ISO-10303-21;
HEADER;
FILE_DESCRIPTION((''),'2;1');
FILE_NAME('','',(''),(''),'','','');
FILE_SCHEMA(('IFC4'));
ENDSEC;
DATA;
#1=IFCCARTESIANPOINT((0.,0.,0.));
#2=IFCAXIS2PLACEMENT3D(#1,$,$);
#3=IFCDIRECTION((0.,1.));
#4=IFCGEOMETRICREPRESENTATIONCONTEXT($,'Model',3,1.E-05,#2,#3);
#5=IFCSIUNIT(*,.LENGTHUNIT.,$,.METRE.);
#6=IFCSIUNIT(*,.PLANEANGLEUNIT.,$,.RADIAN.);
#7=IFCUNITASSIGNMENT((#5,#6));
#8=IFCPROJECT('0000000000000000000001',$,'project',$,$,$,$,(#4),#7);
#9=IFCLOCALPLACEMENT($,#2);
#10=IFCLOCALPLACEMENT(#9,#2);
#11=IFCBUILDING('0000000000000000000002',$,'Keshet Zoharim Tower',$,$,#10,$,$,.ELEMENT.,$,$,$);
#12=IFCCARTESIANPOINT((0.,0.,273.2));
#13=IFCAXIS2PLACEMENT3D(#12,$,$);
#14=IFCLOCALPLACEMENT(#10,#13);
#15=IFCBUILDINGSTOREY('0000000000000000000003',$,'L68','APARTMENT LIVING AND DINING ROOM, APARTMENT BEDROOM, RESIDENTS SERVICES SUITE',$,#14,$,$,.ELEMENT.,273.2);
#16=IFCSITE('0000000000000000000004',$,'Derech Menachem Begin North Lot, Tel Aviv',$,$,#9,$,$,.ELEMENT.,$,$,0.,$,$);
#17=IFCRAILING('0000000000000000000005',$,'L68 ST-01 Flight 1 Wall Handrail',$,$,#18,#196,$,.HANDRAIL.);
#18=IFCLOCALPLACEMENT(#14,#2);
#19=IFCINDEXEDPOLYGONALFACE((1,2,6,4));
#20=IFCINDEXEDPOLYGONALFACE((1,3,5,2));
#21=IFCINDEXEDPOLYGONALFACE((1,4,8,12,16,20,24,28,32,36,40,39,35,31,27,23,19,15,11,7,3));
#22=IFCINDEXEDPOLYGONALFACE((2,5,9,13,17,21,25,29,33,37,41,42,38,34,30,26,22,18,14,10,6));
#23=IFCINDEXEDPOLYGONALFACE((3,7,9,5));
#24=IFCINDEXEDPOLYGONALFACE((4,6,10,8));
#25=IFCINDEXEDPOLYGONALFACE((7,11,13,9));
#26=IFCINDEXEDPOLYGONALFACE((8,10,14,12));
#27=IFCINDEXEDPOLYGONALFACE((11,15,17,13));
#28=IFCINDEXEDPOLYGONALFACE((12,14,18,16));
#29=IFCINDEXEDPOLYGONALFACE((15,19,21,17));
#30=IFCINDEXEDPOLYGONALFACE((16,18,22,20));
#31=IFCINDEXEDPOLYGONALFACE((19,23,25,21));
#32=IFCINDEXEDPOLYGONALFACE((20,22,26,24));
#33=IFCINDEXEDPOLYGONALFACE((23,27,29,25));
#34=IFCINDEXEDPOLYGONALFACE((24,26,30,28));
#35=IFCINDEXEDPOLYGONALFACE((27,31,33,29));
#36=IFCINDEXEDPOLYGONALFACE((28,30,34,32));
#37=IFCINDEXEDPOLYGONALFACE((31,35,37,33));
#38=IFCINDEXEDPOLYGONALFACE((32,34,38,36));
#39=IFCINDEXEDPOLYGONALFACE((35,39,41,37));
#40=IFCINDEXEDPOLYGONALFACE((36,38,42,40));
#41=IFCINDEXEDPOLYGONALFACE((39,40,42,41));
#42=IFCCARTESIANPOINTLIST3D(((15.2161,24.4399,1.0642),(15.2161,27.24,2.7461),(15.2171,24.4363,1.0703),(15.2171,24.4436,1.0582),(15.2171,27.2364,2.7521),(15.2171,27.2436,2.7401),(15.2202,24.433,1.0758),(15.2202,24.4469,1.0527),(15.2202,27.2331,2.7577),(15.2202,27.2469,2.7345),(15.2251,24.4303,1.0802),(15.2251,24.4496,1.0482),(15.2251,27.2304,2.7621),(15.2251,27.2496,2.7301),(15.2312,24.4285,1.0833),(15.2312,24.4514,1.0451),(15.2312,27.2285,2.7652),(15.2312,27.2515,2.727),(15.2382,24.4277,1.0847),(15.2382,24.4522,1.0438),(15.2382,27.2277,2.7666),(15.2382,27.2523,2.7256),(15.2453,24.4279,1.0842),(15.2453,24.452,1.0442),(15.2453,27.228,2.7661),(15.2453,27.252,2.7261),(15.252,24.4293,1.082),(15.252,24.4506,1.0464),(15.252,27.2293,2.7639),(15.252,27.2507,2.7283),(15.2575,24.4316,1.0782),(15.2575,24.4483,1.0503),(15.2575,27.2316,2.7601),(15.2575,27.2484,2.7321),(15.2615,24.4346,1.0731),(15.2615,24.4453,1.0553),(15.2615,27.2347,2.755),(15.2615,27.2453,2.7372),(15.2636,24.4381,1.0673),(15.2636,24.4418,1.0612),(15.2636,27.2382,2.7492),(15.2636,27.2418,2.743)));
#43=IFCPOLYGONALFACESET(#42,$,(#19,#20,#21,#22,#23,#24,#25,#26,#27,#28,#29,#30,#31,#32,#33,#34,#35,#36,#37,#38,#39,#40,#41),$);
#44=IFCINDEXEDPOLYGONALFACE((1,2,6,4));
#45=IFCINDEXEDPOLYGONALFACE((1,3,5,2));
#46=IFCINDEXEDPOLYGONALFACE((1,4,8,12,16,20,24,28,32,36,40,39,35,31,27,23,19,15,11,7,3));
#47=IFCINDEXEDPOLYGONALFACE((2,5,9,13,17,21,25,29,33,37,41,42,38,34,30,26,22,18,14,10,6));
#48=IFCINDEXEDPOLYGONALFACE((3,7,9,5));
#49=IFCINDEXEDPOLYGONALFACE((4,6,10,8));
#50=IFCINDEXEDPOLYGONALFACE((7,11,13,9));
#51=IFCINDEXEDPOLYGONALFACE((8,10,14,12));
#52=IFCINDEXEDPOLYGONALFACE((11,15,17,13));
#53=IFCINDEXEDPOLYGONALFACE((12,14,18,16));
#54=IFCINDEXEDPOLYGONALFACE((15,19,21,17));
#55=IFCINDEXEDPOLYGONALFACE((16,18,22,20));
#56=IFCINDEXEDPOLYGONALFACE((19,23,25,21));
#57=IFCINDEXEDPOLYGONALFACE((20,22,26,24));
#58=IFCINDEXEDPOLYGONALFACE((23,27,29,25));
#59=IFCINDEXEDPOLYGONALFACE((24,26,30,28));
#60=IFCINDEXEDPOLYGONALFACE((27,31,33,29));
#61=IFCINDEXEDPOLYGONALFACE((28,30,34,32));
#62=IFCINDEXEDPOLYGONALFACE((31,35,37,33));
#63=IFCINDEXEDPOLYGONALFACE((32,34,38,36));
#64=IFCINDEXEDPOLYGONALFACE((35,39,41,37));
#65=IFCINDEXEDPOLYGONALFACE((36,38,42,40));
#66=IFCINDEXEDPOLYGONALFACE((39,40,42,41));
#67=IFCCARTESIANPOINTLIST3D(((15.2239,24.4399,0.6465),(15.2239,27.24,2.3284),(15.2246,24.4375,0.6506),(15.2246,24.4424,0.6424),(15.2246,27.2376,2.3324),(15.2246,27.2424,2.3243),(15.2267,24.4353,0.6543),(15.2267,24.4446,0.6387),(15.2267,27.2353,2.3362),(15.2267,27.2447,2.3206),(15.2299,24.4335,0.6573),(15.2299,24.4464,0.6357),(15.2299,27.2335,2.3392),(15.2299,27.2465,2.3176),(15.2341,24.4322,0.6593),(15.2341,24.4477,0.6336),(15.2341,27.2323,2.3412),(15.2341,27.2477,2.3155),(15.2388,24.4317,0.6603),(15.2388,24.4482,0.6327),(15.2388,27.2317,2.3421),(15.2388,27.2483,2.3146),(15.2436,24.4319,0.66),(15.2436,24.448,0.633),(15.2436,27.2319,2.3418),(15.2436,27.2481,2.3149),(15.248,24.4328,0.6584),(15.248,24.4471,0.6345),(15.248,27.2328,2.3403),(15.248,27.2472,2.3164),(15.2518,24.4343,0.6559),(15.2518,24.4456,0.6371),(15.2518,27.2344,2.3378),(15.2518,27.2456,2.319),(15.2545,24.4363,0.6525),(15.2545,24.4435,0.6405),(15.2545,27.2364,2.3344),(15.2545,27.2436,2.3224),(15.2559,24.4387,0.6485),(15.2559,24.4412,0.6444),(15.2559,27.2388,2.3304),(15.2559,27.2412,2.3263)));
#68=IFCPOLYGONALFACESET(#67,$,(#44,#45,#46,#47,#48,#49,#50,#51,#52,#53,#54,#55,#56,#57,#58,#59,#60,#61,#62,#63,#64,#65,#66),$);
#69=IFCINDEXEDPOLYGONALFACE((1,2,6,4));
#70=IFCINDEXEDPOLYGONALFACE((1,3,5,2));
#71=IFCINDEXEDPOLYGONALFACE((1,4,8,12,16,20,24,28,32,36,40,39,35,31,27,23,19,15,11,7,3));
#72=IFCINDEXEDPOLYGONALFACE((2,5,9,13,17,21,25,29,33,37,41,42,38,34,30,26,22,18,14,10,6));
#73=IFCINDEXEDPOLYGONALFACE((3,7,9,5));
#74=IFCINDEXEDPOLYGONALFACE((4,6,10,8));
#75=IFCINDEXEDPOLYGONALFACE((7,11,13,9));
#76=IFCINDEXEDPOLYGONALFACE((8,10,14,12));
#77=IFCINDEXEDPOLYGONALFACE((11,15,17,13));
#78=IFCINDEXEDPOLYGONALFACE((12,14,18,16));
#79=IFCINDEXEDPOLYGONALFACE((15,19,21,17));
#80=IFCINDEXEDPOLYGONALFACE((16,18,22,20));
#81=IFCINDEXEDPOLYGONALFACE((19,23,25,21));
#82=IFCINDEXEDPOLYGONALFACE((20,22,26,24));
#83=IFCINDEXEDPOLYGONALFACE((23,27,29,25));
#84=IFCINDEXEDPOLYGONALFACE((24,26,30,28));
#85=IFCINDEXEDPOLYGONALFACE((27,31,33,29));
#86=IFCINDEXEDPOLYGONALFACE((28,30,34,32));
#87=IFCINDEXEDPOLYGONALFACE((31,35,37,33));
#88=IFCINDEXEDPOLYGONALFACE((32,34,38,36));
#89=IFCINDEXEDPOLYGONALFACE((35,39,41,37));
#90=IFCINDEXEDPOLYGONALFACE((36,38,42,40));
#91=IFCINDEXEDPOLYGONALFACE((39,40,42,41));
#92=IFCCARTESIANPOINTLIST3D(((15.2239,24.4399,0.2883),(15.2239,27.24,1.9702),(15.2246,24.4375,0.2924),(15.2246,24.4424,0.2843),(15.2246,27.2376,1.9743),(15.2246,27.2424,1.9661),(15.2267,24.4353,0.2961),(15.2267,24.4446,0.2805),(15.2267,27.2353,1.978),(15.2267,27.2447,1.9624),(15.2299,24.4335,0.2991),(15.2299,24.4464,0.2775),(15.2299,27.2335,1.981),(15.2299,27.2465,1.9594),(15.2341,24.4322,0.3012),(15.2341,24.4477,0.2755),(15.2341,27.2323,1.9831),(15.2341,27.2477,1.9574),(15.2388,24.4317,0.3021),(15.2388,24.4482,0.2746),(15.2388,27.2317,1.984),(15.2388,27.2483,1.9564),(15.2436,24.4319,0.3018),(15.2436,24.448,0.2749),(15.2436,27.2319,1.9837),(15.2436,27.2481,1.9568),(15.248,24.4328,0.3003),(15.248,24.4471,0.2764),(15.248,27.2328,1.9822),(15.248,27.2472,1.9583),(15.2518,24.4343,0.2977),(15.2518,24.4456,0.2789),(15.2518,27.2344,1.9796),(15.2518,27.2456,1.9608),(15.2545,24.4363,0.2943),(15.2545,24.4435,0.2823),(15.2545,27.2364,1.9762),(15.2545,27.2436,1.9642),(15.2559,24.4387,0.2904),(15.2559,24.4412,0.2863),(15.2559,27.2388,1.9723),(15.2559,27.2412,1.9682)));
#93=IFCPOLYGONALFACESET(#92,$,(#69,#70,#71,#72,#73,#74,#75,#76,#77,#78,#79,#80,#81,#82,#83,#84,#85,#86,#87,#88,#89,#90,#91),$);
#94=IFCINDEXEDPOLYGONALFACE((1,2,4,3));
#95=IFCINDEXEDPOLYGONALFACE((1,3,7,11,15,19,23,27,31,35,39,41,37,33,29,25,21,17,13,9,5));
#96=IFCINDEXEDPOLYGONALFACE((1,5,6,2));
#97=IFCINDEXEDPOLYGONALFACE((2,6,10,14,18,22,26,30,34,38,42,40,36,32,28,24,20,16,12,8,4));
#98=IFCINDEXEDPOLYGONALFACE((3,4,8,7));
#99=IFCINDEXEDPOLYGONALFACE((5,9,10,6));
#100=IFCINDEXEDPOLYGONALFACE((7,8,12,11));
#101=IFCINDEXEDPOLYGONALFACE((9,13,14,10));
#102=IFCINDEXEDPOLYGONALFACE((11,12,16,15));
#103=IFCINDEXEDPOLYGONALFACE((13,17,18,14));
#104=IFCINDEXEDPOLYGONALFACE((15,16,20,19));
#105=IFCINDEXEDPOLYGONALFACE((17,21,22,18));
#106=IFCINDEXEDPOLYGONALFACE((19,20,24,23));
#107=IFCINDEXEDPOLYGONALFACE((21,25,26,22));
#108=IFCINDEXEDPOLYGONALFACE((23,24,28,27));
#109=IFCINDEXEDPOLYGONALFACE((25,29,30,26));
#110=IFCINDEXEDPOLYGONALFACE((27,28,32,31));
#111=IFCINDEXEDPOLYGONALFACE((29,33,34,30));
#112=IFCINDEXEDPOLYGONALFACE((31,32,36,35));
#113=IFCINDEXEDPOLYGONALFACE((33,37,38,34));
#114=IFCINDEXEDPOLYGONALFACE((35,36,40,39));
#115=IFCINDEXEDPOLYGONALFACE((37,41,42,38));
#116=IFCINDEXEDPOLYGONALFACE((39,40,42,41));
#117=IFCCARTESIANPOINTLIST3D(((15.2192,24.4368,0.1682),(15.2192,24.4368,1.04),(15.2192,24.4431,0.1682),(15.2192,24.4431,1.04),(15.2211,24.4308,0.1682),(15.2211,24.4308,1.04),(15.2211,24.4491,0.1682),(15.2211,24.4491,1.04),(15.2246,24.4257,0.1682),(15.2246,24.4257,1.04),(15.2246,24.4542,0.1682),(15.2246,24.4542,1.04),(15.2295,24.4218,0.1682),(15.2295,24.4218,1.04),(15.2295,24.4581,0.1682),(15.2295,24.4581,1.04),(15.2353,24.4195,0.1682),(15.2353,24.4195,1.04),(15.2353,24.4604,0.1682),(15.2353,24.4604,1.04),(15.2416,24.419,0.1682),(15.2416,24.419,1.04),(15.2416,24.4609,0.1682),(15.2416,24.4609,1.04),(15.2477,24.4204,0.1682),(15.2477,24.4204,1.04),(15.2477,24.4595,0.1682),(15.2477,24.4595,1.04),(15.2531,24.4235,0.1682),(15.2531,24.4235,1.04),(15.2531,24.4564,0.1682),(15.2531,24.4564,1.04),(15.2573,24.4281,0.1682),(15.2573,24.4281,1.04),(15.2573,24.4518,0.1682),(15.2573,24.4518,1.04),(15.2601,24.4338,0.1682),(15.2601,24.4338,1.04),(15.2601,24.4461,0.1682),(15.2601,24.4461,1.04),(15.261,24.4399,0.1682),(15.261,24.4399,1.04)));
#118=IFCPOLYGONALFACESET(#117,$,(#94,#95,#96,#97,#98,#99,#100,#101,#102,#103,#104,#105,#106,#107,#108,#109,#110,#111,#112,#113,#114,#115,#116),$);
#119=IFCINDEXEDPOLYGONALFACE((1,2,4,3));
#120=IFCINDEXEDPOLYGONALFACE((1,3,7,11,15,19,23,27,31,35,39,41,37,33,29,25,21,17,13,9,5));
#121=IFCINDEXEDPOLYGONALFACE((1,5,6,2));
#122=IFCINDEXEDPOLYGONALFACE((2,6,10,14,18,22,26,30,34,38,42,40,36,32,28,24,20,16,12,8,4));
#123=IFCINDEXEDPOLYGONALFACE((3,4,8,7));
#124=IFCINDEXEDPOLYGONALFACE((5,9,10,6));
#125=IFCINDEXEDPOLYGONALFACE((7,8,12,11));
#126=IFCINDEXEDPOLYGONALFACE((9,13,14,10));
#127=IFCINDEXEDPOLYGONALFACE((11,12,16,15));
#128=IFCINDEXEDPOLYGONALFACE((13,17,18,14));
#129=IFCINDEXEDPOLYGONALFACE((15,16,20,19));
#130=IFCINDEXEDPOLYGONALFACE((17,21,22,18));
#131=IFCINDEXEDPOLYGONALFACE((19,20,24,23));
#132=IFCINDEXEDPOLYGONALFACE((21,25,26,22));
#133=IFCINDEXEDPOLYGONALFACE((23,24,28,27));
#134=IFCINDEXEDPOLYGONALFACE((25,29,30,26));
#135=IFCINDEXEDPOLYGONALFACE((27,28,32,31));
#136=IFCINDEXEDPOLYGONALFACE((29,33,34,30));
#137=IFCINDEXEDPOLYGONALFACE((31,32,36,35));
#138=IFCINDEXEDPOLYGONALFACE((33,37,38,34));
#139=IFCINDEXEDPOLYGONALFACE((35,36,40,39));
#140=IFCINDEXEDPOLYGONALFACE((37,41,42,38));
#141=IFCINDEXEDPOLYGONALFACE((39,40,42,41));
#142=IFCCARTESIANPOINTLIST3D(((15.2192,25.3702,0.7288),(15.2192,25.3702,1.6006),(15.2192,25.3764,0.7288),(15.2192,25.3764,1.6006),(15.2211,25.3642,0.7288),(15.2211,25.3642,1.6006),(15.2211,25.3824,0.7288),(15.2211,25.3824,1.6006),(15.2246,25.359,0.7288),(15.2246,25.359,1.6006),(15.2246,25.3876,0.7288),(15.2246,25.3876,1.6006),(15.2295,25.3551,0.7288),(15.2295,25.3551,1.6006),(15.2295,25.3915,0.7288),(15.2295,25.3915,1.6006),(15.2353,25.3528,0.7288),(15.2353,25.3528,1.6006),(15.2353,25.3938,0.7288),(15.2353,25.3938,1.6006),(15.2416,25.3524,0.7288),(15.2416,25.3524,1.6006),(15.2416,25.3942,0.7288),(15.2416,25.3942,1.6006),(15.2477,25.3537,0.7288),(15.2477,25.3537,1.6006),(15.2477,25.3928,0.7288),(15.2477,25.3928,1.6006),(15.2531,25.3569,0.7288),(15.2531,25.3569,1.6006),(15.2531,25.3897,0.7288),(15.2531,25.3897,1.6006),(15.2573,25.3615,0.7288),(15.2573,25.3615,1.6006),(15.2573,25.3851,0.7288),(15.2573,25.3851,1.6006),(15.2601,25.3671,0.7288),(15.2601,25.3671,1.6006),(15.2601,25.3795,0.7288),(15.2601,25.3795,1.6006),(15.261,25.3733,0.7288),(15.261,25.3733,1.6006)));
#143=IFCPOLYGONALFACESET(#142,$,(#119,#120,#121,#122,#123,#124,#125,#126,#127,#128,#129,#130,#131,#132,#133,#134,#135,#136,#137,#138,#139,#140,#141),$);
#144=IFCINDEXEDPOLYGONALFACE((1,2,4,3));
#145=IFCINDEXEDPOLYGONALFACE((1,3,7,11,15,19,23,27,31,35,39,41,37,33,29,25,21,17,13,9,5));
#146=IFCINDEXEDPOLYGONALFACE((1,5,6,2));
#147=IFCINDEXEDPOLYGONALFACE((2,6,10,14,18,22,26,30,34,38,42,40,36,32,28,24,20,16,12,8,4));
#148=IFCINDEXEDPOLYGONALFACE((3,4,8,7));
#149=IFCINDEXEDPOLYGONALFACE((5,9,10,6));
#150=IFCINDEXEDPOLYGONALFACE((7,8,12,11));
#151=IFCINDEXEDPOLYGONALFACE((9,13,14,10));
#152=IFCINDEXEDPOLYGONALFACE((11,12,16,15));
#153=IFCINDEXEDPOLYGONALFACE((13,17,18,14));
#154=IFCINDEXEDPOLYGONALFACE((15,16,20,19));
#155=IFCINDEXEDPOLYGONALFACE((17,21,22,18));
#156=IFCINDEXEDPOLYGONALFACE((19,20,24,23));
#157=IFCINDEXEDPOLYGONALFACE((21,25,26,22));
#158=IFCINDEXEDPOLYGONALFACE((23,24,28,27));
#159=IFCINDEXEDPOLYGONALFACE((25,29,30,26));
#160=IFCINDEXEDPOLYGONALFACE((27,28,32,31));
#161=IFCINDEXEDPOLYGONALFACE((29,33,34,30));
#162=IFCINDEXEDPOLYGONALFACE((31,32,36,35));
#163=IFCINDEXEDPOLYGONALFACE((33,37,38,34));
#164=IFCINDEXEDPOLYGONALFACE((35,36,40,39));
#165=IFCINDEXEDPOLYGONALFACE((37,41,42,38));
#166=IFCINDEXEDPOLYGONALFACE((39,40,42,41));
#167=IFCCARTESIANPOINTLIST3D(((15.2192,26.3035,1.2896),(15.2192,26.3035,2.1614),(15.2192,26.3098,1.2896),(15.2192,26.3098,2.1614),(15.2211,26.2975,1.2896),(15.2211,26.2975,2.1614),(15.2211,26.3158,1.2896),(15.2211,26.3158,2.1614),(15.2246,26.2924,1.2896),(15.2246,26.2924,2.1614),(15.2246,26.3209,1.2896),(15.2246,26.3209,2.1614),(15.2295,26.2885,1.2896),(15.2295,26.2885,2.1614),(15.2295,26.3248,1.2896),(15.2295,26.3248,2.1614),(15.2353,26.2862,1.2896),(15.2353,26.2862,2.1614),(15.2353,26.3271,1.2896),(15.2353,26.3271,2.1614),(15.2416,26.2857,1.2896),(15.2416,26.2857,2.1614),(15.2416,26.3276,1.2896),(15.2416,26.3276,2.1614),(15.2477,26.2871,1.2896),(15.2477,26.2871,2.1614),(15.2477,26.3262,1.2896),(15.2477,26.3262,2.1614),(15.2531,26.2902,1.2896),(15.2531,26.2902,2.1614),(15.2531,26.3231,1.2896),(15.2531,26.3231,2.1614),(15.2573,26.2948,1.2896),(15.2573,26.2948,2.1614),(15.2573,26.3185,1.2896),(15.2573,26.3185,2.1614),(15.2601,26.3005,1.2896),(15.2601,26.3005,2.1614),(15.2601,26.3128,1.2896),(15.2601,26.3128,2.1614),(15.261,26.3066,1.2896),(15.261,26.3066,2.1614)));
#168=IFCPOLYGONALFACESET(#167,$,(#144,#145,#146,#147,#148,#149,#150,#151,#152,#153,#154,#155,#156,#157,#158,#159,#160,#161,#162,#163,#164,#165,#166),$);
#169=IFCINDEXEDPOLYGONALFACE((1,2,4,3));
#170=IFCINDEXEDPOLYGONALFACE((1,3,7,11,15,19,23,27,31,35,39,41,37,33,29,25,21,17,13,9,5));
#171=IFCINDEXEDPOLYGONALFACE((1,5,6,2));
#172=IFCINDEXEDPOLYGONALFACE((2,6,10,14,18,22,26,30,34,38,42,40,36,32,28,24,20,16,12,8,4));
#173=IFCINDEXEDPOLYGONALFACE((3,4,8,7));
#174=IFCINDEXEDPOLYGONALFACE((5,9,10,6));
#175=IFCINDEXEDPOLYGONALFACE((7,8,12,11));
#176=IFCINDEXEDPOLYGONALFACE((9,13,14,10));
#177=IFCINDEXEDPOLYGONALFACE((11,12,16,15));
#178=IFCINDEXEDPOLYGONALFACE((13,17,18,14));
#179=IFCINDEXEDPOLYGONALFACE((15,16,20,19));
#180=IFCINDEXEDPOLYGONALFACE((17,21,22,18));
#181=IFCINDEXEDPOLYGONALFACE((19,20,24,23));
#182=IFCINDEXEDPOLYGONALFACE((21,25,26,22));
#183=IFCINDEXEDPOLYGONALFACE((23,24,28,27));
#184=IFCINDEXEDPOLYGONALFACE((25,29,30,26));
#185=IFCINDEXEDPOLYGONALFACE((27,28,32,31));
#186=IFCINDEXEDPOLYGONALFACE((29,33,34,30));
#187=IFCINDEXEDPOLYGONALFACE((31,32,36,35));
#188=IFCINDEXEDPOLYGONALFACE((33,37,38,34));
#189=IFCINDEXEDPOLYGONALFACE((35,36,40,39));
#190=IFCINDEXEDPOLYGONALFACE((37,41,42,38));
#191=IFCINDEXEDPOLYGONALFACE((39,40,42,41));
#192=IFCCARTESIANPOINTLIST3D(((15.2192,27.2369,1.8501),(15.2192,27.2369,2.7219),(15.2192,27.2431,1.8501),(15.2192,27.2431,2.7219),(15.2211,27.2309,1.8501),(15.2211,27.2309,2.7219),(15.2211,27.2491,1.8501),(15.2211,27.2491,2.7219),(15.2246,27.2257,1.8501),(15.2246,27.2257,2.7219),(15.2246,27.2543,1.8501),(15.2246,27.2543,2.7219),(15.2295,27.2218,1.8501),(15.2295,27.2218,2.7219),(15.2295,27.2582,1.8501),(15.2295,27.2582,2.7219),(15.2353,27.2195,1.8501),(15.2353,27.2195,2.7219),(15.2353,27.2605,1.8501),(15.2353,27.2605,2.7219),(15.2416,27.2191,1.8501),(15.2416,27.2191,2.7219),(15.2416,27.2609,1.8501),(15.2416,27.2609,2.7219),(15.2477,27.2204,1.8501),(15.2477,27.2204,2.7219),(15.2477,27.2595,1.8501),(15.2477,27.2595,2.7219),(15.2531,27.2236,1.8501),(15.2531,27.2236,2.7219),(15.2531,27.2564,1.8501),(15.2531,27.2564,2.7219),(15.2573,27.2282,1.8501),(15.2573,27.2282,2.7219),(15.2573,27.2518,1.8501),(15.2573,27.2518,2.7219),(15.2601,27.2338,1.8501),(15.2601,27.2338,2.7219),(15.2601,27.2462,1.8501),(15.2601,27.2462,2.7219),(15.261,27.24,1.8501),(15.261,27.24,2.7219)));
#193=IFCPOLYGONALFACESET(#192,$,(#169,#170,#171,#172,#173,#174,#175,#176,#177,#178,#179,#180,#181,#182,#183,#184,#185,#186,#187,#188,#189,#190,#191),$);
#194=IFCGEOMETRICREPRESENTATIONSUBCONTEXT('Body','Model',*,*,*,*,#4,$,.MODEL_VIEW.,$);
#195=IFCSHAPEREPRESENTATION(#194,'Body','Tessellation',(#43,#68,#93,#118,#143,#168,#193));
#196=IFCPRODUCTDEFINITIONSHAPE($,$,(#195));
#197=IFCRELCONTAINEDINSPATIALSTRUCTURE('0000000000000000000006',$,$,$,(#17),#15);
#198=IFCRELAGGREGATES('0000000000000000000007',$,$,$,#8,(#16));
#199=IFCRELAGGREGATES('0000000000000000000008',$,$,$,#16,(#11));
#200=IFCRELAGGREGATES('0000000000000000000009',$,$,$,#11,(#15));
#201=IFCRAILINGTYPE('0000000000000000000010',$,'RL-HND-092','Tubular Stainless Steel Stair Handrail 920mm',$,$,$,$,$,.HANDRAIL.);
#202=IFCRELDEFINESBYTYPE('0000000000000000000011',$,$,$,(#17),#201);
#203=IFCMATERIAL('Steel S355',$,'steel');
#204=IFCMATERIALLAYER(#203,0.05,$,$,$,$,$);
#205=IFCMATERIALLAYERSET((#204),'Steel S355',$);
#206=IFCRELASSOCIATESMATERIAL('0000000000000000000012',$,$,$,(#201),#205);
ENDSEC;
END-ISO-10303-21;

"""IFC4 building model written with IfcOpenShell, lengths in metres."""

from ifc_helpers import new_model, si_unit, direction, frame, origin, origin_2d, place, context, subcontext, project, spatial, circle, extrude, material, layer, layer_set, type_object, element, save


model = new_model("IFC4")

# Units and contexts
model_context = context("Model", 3, precision=1e-05, world=origin(), true_north=direction((0.0, 1.0)))
body_context = subcontext(model_context, "Body", "Model", "MODEL_VIEW")
ifc_project = project(units=[si_unit("LENGTHUNIT", "METRE"), si_unit("PLANEANGLEUNIT", "RADIAN")], contexts=[model_context])

# Site, building, storey
site_placement = place(None, origin())
site = spatial("IfcSite", under=ifc_project, at=site_placement, Name="Derech Menachem Begin North Lot, Tel Aviv", CompositionType="ELEMENT", RefElevation=0.0)
building_placement = place(site_placement, origin())
building = spatial("IfcBuilding", under=site, at=building_placement, Name="Keshet Zoharim Tower", CompositionType="ELEMENT")
storey_placement = place(building_placement, frame((0.0, 0.0, 273.2)))
storey = spatial("IfcBuildingStorey", under=building, at=storey_placement, Name="L68", Description="APARTMENT LIVING AND DINING ROOM, APARTMENT BEDROOM, RESIDENTS SERVICES SUITE", CompositionType="ELEMENT", Elevation=273.2)

# Shared definitions
ifc_material_1 = material(Name="Steel S355", Category="steel")

# Railing
ifc_layer_1 = layer(ifc_material_1, 0.05)
ifc_layer_set_1 = layer_set([ifc_layer_1], Name="Steel S355")
railing_type_1 = type_object("IfcRailingType", Name="RL-HND-092", Description="Tubular Stainless Steel Stair Handrail 920mm", PredefinedType="HANDRAIL", material=ifc_layer_set_1)
railing_1_placement = place(storey_placement, frame((15.24, 24.4399, 0.1682)))
element("IfcRailing", 1, at=railing_1_placement, inside=storey, type_object=railing_type_1, Name="L68 ST-01 Flight 1 Wall Handrail", PredefinedType="HANDRAIL", context=body_context, shape_type="SweptSolid", body=[
    extrude(circle(Radius=0.0239, at=origin_2d()), frame((0.0, 0.0, 0.896), z_axis=(0.0, 0.857242, 0.514913), x_axis=(-1.0, 0.0, 0.0)), (0.0, 0.0, 1.0), 3.2664),
    extrude(circle(Radius=0.0161, at=origin_2d()), frame((0.0, 0.0, 0.4783), z_axis=(0.0, 0.857242, 0.514913), x_axis=(-1.0, 0.0, 0.0)), (0.0, 0.0, 1.0), 3.2664),
    extrude(circle(Radius=0.0161, at=origin_2d()), frame((0.0, 0.0, 0.1201), z_axis=(0.0, 0.857242, 0.514913), x_axis=(-1.0, 0.0, 0.0)), (0.0, 0.0, 1.0), 3.2664),
    extrude(circle(Radius=0.021, at=origin_2d()), origin(), (0.0, 0.0, 1.0), 0.8718),
    extrude(circle(Radius=0.021, at=origin_2d()), frame((0.0, 0.9333, 0.5605)), (0.0, 0.0, 1.0), 0.8718),
    extrude(circle(Radius=0.021, at=origin_2d()), frame((0.0, 1.8667, 1.1213)), (0.0, 0.0, 1.0), 0.8718),
    extrude(circle(Radius=0.021, at=origin_2d()), frame((0.0, 2.8, 1.6819)), (0.0, 0.0, 1.0), 0.8718),
])

save(model, "model.ifc")
